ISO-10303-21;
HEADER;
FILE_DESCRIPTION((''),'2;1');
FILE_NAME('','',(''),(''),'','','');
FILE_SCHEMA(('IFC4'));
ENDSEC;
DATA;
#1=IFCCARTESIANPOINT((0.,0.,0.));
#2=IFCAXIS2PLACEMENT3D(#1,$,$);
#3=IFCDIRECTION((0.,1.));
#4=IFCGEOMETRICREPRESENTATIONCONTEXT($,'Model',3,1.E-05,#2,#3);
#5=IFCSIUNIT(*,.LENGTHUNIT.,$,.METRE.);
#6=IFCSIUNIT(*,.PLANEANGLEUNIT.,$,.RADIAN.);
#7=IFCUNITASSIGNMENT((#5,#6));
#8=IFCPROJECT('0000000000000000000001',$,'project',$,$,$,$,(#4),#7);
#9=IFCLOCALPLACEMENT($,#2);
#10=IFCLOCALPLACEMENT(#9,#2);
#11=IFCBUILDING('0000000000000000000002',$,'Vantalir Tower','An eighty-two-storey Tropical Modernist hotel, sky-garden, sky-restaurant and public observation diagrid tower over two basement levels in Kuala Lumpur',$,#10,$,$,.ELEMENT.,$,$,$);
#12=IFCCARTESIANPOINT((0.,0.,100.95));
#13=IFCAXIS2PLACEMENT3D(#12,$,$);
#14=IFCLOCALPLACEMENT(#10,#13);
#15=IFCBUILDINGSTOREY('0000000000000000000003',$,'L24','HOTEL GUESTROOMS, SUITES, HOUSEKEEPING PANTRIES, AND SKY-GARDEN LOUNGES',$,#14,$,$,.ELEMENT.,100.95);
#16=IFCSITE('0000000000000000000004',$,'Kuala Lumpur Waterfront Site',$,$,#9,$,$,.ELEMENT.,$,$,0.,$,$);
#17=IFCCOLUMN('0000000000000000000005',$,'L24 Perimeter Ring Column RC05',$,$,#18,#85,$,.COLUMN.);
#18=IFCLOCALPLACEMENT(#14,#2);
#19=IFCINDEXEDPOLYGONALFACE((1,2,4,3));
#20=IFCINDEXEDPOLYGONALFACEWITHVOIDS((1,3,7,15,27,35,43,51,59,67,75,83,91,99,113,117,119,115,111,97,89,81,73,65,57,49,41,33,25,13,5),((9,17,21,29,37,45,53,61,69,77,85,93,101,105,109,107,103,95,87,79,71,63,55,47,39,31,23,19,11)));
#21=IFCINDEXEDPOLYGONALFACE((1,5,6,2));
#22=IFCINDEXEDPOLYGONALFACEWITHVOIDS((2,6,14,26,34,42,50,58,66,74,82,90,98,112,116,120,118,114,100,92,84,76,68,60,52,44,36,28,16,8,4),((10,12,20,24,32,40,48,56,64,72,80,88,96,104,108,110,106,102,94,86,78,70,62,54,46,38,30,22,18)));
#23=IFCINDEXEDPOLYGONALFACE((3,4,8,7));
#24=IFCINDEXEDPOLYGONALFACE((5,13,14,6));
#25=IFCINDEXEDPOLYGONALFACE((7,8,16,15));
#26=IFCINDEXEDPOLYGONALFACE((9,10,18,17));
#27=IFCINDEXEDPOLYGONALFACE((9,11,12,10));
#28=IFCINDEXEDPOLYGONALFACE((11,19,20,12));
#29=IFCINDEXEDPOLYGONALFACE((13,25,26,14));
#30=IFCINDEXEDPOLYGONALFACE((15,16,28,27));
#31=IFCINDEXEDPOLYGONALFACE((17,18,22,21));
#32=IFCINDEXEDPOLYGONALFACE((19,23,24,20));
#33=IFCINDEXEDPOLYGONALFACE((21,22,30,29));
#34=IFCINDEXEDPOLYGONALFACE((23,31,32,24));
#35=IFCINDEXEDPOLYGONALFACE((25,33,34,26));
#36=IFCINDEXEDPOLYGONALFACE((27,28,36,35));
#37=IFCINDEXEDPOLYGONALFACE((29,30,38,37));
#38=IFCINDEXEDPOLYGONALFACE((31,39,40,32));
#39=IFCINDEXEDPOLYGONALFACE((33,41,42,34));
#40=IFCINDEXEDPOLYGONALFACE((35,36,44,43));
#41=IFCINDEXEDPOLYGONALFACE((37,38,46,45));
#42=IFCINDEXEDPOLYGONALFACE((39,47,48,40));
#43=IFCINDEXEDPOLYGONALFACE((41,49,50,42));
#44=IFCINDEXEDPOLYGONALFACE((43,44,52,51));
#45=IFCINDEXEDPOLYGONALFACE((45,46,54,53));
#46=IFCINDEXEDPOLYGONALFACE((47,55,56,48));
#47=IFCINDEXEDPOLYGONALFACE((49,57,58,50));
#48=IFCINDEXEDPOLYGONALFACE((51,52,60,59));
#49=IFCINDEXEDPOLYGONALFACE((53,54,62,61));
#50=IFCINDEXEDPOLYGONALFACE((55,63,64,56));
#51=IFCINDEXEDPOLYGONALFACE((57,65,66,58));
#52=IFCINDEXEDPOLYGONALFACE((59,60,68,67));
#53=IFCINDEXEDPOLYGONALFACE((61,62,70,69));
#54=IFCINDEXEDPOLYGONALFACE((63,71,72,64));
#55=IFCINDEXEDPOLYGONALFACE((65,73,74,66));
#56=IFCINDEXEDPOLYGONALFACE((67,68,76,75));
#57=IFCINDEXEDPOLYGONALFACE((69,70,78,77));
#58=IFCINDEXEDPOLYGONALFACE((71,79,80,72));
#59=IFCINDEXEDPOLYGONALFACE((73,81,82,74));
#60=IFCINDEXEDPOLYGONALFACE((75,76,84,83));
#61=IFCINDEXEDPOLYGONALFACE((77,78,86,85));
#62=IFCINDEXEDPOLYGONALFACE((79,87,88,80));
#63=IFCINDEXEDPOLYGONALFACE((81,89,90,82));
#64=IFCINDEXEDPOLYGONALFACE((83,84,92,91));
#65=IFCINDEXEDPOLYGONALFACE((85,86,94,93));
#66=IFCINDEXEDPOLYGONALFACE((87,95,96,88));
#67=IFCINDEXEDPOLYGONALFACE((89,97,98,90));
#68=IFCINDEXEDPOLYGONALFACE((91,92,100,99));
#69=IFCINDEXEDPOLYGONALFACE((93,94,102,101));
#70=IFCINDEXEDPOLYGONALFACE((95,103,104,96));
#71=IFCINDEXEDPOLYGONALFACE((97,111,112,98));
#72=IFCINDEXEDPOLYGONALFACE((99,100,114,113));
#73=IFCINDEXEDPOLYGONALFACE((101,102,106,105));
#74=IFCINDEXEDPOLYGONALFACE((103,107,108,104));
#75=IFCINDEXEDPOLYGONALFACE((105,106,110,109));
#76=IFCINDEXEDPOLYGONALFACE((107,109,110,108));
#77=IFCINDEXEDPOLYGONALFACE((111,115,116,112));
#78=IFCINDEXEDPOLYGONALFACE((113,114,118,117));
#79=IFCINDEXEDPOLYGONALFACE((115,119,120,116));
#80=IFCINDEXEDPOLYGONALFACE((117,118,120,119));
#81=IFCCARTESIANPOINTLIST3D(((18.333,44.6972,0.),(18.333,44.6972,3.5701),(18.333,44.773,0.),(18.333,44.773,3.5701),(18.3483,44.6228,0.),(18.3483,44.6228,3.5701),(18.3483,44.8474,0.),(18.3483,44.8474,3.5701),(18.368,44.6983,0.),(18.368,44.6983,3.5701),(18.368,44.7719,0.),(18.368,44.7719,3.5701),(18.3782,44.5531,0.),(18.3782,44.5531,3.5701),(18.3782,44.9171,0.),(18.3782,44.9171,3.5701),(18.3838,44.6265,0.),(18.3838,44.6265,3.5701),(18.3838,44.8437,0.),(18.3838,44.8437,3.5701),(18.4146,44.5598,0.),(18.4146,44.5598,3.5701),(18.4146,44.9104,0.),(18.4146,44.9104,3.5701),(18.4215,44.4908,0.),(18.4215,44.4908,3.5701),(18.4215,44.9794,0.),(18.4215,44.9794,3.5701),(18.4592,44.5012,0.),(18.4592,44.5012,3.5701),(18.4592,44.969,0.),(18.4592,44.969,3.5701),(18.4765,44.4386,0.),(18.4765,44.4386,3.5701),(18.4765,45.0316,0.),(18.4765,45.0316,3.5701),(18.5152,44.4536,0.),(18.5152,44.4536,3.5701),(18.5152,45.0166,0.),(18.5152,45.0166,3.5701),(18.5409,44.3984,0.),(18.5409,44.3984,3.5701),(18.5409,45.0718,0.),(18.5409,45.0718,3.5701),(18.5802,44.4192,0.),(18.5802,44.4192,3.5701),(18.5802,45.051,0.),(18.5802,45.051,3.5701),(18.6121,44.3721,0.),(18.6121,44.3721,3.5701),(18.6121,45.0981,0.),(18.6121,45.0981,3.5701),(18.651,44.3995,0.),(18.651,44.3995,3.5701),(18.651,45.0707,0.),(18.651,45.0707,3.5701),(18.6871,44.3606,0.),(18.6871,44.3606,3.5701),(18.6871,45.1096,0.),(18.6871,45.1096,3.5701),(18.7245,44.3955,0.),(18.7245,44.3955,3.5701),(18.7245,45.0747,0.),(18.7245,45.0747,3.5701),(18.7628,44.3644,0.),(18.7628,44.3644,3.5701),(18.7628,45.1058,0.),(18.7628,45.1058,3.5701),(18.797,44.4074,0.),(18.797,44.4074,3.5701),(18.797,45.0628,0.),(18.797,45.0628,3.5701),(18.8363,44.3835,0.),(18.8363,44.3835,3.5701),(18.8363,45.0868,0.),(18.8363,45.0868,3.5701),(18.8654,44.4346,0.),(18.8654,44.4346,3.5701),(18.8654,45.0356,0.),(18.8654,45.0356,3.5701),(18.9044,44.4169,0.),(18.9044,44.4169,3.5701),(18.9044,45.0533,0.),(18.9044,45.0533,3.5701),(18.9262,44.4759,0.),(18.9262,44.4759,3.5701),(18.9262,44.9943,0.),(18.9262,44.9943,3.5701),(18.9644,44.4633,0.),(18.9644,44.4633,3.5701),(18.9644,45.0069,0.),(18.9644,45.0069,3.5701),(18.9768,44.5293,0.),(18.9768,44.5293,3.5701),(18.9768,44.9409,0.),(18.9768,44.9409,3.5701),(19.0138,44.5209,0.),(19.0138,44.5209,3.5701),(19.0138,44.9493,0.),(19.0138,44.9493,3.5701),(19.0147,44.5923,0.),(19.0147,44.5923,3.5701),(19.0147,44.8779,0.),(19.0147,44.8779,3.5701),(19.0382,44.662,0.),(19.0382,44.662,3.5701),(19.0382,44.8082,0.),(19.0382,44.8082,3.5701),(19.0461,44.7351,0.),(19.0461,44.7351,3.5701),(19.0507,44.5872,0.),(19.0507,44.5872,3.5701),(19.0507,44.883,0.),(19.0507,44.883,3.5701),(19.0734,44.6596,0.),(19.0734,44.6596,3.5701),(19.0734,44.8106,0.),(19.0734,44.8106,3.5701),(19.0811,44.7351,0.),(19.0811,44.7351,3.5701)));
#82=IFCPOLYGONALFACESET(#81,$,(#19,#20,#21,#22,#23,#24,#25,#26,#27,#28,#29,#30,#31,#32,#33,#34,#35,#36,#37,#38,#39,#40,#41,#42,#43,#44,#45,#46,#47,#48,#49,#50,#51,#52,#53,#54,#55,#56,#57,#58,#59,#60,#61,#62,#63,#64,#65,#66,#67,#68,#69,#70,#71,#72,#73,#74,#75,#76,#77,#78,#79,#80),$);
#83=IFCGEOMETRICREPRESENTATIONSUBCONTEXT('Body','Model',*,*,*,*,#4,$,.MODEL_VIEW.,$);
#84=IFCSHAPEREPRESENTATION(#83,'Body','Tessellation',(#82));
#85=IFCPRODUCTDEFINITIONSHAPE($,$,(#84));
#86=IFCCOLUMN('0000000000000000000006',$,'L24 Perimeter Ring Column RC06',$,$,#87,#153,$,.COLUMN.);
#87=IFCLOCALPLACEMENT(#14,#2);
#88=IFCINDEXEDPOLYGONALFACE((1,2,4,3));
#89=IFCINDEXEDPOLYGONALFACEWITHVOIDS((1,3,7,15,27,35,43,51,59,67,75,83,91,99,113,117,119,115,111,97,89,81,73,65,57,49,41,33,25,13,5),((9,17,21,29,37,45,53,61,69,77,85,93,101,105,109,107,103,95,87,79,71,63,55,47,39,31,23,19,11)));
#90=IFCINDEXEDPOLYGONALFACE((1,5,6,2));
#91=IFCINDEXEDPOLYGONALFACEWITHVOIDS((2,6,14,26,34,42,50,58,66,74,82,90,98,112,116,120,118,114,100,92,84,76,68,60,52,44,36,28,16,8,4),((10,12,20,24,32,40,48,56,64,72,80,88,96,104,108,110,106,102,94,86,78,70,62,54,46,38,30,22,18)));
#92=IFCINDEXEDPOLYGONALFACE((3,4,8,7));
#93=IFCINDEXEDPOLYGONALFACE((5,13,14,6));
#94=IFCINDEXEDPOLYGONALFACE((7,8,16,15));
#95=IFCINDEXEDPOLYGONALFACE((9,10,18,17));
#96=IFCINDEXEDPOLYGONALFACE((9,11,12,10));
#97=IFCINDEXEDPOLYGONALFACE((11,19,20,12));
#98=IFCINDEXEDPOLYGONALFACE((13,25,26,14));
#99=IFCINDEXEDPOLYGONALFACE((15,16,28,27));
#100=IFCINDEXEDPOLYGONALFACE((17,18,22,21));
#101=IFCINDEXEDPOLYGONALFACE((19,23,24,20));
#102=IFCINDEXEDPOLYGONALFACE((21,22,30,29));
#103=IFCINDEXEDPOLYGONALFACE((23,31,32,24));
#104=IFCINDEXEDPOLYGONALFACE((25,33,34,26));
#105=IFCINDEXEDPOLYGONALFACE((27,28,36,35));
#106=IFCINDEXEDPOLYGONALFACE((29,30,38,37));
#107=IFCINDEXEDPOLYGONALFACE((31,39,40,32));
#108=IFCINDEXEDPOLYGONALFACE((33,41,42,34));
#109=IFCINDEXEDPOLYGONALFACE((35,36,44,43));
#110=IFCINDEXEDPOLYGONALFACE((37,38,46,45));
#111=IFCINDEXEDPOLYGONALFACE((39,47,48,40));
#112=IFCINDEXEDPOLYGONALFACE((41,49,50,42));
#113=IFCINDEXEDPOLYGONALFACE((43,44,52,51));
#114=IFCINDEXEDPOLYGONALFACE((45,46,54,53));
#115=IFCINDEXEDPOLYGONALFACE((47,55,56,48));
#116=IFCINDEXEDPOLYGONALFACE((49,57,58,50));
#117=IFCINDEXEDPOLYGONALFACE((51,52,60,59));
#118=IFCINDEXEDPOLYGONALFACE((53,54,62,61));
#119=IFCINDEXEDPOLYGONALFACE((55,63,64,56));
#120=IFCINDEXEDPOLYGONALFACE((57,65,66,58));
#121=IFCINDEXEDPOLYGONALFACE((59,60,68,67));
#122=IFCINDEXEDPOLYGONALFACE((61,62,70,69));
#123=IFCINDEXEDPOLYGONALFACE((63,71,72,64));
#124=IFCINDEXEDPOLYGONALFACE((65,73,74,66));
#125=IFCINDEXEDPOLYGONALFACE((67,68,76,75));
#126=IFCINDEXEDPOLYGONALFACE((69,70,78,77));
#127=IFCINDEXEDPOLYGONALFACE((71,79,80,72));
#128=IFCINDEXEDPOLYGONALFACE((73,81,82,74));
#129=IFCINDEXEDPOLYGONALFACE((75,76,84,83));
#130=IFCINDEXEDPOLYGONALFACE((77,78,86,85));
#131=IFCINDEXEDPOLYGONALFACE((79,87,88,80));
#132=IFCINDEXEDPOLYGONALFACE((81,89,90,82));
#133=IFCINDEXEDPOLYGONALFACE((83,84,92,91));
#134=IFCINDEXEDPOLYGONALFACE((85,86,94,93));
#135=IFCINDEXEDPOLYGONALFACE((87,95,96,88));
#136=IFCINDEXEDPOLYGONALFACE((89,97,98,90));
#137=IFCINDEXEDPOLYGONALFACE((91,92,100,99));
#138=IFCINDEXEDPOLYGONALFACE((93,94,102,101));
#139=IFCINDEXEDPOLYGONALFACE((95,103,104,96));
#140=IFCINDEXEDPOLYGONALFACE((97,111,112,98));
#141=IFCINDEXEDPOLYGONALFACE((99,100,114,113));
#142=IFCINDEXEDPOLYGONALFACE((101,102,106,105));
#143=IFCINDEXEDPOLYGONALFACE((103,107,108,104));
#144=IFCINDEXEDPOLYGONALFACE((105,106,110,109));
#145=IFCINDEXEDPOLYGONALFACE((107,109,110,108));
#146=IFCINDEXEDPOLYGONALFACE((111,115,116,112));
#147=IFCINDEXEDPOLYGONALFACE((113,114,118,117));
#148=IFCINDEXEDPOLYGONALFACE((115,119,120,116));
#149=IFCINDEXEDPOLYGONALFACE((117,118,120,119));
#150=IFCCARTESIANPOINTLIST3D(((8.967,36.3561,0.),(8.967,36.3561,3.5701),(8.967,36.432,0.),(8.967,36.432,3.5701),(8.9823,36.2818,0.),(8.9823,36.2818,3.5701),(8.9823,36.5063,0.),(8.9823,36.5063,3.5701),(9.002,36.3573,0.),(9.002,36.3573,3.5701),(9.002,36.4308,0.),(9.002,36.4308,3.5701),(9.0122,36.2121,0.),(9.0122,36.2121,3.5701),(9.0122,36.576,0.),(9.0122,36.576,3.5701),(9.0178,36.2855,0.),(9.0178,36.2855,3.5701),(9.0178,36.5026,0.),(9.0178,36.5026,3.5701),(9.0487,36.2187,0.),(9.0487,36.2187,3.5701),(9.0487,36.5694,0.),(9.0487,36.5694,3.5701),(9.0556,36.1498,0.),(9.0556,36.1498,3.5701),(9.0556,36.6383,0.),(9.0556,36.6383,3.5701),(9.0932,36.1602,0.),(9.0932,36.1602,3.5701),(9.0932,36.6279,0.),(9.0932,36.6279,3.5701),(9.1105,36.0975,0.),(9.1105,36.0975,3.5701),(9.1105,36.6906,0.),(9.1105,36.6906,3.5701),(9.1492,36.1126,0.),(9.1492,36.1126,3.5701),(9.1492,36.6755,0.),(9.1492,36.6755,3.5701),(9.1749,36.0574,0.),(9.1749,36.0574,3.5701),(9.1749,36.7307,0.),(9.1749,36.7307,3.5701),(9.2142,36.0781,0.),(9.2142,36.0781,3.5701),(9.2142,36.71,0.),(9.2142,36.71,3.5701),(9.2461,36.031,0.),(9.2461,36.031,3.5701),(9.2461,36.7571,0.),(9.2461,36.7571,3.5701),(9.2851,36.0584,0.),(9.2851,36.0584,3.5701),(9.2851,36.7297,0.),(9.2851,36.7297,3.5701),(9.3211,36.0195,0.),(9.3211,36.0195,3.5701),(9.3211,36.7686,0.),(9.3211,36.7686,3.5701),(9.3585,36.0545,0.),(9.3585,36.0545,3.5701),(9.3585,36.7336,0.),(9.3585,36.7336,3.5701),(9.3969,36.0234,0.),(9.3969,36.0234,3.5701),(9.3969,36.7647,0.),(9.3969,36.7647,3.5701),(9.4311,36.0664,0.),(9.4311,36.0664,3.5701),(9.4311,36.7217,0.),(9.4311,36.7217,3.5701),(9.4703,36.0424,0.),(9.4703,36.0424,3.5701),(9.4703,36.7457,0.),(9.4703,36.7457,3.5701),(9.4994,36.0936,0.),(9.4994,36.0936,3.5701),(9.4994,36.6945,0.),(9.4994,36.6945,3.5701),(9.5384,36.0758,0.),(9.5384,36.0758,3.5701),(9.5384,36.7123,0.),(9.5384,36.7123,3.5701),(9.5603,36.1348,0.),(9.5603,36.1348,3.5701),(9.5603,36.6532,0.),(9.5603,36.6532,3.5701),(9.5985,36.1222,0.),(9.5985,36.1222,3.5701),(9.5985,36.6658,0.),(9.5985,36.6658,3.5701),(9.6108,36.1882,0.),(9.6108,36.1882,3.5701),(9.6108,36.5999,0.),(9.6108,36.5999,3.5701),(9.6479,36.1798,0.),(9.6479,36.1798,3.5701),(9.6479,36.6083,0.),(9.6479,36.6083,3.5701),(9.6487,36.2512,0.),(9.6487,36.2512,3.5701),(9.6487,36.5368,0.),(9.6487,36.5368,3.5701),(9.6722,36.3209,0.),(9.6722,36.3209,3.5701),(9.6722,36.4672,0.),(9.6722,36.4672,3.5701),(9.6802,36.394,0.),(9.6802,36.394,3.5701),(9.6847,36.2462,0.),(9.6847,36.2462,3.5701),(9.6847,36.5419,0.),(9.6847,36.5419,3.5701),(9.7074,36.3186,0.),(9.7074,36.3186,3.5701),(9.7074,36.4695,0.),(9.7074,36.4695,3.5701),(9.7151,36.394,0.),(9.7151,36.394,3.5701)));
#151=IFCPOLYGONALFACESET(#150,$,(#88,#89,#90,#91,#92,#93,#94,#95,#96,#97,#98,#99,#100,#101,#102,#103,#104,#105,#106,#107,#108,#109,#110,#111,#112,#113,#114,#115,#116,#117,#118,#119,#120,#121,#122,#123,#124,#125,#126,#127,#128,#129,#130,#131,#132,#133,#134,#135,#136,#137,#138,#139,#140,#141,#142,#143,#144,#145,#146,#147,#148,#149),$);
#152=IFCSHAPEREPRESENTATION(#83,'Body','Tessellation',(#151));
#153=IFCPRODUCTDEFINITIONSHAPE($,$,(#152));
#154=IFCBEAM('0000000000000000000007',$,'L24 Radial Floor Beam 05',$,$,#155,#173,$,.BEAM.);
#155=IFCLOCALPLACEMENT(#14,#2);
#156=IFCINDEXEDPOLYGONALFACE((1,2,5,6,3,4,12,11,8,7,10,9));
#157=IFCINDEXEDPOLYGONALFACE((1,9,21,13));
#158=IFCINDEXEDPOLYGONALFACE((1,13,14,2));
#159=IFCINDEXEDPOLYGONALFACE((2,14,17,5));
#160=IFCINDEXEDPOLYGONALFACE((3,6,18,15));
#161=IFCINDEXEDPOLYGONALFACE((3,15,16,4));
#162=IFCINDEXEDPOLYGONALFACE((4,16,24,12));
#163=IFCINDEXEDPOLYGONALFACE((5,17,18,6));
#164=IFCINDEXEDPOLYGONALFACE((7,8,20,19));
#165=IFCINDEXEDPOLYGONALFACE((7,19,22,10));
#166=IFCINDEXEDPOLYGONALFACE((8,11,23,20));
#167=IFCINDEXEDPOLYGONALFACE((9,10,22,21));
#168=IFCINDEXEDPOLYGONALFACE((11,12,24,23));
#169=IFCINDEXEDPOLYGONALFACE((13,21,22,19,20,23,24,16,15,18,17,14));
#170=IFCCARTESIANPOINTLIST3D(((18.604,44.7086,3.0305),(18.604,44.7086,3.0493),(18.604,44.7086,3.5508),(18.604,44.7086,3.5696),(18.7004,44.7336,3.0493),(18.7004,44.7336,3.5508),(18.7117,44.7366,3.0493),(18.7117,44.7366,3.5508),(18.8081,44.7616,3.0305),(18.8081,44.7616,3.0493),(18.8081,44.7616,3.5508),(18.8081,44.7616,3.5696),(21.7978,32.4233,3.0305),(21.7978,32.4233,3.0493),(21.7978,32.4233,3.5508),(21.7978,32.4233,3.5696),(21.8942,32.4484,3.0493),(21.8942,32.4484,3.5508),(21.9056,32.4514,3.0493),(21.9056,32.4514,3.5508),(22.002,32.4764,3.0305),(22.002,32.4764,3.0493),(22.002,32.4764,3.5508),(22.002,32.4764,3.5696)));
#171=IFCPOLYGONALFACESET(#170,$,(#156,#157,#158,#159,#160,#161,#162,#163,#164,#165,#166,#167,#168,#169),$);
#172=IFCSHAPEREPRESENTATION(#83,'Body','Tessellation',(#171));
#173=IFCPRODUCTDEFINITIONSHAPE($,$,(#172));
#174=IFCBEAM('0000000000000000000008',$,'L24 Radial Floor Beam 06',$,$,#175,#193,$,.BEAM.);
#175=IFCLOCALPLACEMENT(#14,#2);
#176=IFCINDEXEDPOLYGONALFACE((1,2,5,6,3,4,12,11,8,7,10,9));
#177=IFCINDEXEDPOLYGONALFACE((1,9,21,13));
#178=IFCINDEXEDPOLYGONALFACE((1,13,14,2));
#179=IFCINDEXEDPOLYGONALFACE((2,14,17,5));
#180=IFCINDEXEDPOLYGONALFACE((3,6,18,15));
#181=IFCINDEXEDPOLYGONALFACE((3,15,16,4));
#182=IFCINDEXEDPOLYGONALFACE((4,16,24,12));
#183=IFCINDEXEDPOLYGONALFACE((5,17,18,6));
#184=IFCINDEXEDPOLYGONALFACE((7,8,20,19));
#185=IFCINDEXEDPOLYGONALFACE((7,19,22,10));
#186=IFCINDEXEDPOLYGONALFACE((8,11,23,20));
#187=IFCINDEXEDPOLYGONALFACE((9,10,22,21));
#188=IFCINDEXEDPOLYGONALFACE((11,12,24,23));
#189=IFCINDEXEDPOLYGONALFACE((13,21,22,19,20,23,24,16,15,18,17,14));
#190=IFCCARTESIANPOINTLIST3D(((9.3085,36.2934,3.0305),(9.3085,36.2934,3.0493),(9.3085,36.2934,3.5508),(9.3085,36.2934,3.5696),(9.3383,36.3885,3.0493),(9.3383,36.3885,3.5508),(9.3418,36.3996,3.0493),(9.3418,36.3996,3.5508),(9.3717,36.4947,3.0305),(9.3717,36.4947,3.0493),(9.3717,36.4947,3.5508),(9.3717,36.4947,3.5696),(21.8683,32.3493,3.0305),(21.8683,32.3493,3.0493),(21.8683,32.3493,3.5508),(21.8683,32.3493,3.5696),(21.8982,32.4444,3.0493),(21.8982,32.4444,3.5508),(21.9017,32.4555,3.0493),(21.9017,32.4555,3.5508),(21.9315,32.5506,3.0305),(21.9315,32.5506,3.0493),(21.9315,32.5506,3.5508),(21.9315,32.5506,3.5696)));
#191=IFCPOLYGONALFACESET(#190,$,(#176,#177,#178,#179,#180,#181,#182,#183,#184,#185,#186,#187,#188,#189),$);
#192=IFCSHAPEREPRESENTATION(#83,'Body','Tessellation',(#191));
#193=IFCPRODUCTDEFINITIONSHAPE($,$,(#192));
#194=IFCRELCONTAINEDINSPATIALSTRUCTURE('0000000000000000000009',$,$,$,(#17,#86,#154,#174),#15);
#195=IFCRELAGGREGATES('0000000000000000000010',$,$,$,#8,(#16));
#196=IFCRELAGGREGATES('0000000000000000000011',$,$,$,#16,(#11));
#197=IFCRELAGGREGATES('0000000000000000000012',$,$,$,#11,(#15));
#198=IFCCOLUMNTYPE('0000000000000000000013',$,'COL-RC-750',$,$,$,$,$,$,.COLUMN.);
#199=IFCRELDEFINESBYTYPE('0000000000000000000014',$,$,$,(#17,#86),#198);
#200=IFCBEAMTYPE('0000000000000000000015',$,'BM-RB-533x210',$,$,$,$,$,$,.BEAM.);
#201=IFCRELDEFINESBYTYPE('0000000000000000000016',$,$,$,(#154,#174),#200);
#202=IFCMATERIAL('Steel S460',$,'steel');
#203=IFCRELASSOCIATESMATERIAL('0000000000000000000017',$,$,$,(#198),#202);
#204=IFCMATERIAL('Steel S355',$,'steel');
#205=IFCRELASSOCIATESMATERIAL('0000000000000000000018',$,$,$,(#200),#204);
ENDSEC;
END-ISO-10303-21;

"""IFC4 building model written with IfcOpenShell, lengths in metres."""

from ifc_helpers import new_model, si_unit, direction, frame, origin, origin_2d, place, context, subcontext, project, spatial, hollow_circle, i_section, extrude, material, material_profile, profile_set, type_object, element, save


model = new_model("IFC4")

# Units and contexts
model_context = context("Model", 3, precision=1e-05, world=origin(), true_north=direction((0.0, 1.0)))
body_context = subcontext(model_context, "Body", "Model", "MODEL_VIEW")
ifc_project = project(units=[si_unit("LENGTHUNIT", "METRE"), si_unit("PLANEANGLEUNIT", "RADIAN")], contexts=[model_context])

# Site, building, storey
site_placement = place(None, origin())
site = spatial("IfcSite", under=ifc_project, at=site_placement, Name="Kuala Lumpur Waterfront Site", CompositionType="ELEMENT", RefElevation=0.0)
building_placement = place(site_placement, origin())
building = spatial("IfcBuilding", under=site, at=building_placement, Name="Vantalir Tower", Description="An eighty-two-storey Tropical Modernist hotel, sky-garden, sky-restaurant and public observation diagrid tower over two basement levels in Kuala Lumpur", CompositionType="ELEMENT")
storey_placement = place(building_placement, frame((0.0, 0.0, 100.95)))
storey = spatial("IfcBuildingStorey", under=building, at=storey_placement, Name="L24", Description="HOTEL GUESTROOMS, SUITES, HOUSEKEEPING PANTRIES, AND SKY-GARDEN LOUNGES", CompositionType="ELEMENT", Elevation=100.95)

# Columns
ifc_material_1 = material(Name="Steel S460", Category="steel")
ifc_material_profile_1 = material_profile(ifc_material_1, hollow_circle(Radius=0.375, WallThickness=0.0349, at=origin_2d()), Name="Steel S460")
ifc_profile_set_1 = profile_set([ifc_material_profile_1], Name="Steel S460")
column_type = type_object("IfcColumnType", Name="COL-RC-750", PredefinedType="COLUMN", material=ifc_profile_set_1)
for number, where, z_axis, x_axis, name in (
    (1, (18.7061, 44.7351, 0.0), (0.0, 0.0, 1.0), (1.0, 0.0, 0.0), "L24 Perimeter Ring Column RC05"),
    (2, (9.3401, 36.394, 0.0), (0.0, 0.0, 1.0), (1.0, 0.0, 0.0), "L24 Perimeter Ring Column RC06"),
):
    element("IfcColumn", number, at=place(storey_placement, frame(where, z_axis=z_axis, x_axis=x_axis)), inside=storey, type_object=column_type, Name=name, PredefinedType="COLUMN", context=body_context, shape_type="SweptSolid", body=[
        extrude(hollow_circle(Radius=0.375, WallThickness=0.0349, at=origin_2d()), origin(), (0.0, 0.0, 1.0), 3.5701),
    ])

# Beams
ifc_material_2 = material(Name="Steel S355", Category="steel")
ifc_material_profile_2 = material_profile(ifc_material_2, i_section(OverallWidth=0.2109, OverallDepth=0.5391, WebThickness=0.0117, FlangeThickness=0.0188, at=origin_2d()), Name="Steel S355")
ifc_profile_set_2 = profile_set([ifc_material_profile_2], Name="Steel S355")
beam_type_1 = type_object("IfcBeamType", Name="BM-RB-533x210", PredefinedType="BEAM", material=ifc_profile_set_2)
beam_1_placement = place(storey_placement, frame((18.7061, 44.7351, 3.3), z_axis=(0.251612, -0.967828, 0.0), x_axis=(0.967828, 0.251612, 0.0)))
element("IfcBeam", 3, at=beam_1_placement, inside=storey, type_object=beam_type_1, Name="L24 Radial Floor Beam 05", PredefinedType="BEAM", context=body_context, shape_type="SweptSolid", body=[
    extrude(i_section(OverallWidth=0.2109, OverallDepth=0.5391, WebThickness=0.0117, FlangeThickness=0.0188, at=origin_2d()), origin(), (0.0, 0.0, 1.0), 12.6936),
])
beam_2_placement = place(storey_placement, frame((9.3401, 36.394, 3.3), z_axis=(0.954065, -0.2996, 0.0), x_axis=(0.2996, 0.954065, 0.0)))
element("IfcBeam", 4, at=beam_2_placement, inside=storey, type_object=beam_type_1, Name="L24 Radial Floor Beam 06", PredefinedType="BEAM", context=body_context, shape_type="SweptSolid", body=[
    extrude(i_section(OverallWidth=0.2109, OverallDepth=0.5391, WebThickness=0.0117, FlangeThickness=0.0188, at=origin_2d()), origin(), (0.0, 0.0, 1.0), 13.1646),
])

save(model, "model.ifc")
